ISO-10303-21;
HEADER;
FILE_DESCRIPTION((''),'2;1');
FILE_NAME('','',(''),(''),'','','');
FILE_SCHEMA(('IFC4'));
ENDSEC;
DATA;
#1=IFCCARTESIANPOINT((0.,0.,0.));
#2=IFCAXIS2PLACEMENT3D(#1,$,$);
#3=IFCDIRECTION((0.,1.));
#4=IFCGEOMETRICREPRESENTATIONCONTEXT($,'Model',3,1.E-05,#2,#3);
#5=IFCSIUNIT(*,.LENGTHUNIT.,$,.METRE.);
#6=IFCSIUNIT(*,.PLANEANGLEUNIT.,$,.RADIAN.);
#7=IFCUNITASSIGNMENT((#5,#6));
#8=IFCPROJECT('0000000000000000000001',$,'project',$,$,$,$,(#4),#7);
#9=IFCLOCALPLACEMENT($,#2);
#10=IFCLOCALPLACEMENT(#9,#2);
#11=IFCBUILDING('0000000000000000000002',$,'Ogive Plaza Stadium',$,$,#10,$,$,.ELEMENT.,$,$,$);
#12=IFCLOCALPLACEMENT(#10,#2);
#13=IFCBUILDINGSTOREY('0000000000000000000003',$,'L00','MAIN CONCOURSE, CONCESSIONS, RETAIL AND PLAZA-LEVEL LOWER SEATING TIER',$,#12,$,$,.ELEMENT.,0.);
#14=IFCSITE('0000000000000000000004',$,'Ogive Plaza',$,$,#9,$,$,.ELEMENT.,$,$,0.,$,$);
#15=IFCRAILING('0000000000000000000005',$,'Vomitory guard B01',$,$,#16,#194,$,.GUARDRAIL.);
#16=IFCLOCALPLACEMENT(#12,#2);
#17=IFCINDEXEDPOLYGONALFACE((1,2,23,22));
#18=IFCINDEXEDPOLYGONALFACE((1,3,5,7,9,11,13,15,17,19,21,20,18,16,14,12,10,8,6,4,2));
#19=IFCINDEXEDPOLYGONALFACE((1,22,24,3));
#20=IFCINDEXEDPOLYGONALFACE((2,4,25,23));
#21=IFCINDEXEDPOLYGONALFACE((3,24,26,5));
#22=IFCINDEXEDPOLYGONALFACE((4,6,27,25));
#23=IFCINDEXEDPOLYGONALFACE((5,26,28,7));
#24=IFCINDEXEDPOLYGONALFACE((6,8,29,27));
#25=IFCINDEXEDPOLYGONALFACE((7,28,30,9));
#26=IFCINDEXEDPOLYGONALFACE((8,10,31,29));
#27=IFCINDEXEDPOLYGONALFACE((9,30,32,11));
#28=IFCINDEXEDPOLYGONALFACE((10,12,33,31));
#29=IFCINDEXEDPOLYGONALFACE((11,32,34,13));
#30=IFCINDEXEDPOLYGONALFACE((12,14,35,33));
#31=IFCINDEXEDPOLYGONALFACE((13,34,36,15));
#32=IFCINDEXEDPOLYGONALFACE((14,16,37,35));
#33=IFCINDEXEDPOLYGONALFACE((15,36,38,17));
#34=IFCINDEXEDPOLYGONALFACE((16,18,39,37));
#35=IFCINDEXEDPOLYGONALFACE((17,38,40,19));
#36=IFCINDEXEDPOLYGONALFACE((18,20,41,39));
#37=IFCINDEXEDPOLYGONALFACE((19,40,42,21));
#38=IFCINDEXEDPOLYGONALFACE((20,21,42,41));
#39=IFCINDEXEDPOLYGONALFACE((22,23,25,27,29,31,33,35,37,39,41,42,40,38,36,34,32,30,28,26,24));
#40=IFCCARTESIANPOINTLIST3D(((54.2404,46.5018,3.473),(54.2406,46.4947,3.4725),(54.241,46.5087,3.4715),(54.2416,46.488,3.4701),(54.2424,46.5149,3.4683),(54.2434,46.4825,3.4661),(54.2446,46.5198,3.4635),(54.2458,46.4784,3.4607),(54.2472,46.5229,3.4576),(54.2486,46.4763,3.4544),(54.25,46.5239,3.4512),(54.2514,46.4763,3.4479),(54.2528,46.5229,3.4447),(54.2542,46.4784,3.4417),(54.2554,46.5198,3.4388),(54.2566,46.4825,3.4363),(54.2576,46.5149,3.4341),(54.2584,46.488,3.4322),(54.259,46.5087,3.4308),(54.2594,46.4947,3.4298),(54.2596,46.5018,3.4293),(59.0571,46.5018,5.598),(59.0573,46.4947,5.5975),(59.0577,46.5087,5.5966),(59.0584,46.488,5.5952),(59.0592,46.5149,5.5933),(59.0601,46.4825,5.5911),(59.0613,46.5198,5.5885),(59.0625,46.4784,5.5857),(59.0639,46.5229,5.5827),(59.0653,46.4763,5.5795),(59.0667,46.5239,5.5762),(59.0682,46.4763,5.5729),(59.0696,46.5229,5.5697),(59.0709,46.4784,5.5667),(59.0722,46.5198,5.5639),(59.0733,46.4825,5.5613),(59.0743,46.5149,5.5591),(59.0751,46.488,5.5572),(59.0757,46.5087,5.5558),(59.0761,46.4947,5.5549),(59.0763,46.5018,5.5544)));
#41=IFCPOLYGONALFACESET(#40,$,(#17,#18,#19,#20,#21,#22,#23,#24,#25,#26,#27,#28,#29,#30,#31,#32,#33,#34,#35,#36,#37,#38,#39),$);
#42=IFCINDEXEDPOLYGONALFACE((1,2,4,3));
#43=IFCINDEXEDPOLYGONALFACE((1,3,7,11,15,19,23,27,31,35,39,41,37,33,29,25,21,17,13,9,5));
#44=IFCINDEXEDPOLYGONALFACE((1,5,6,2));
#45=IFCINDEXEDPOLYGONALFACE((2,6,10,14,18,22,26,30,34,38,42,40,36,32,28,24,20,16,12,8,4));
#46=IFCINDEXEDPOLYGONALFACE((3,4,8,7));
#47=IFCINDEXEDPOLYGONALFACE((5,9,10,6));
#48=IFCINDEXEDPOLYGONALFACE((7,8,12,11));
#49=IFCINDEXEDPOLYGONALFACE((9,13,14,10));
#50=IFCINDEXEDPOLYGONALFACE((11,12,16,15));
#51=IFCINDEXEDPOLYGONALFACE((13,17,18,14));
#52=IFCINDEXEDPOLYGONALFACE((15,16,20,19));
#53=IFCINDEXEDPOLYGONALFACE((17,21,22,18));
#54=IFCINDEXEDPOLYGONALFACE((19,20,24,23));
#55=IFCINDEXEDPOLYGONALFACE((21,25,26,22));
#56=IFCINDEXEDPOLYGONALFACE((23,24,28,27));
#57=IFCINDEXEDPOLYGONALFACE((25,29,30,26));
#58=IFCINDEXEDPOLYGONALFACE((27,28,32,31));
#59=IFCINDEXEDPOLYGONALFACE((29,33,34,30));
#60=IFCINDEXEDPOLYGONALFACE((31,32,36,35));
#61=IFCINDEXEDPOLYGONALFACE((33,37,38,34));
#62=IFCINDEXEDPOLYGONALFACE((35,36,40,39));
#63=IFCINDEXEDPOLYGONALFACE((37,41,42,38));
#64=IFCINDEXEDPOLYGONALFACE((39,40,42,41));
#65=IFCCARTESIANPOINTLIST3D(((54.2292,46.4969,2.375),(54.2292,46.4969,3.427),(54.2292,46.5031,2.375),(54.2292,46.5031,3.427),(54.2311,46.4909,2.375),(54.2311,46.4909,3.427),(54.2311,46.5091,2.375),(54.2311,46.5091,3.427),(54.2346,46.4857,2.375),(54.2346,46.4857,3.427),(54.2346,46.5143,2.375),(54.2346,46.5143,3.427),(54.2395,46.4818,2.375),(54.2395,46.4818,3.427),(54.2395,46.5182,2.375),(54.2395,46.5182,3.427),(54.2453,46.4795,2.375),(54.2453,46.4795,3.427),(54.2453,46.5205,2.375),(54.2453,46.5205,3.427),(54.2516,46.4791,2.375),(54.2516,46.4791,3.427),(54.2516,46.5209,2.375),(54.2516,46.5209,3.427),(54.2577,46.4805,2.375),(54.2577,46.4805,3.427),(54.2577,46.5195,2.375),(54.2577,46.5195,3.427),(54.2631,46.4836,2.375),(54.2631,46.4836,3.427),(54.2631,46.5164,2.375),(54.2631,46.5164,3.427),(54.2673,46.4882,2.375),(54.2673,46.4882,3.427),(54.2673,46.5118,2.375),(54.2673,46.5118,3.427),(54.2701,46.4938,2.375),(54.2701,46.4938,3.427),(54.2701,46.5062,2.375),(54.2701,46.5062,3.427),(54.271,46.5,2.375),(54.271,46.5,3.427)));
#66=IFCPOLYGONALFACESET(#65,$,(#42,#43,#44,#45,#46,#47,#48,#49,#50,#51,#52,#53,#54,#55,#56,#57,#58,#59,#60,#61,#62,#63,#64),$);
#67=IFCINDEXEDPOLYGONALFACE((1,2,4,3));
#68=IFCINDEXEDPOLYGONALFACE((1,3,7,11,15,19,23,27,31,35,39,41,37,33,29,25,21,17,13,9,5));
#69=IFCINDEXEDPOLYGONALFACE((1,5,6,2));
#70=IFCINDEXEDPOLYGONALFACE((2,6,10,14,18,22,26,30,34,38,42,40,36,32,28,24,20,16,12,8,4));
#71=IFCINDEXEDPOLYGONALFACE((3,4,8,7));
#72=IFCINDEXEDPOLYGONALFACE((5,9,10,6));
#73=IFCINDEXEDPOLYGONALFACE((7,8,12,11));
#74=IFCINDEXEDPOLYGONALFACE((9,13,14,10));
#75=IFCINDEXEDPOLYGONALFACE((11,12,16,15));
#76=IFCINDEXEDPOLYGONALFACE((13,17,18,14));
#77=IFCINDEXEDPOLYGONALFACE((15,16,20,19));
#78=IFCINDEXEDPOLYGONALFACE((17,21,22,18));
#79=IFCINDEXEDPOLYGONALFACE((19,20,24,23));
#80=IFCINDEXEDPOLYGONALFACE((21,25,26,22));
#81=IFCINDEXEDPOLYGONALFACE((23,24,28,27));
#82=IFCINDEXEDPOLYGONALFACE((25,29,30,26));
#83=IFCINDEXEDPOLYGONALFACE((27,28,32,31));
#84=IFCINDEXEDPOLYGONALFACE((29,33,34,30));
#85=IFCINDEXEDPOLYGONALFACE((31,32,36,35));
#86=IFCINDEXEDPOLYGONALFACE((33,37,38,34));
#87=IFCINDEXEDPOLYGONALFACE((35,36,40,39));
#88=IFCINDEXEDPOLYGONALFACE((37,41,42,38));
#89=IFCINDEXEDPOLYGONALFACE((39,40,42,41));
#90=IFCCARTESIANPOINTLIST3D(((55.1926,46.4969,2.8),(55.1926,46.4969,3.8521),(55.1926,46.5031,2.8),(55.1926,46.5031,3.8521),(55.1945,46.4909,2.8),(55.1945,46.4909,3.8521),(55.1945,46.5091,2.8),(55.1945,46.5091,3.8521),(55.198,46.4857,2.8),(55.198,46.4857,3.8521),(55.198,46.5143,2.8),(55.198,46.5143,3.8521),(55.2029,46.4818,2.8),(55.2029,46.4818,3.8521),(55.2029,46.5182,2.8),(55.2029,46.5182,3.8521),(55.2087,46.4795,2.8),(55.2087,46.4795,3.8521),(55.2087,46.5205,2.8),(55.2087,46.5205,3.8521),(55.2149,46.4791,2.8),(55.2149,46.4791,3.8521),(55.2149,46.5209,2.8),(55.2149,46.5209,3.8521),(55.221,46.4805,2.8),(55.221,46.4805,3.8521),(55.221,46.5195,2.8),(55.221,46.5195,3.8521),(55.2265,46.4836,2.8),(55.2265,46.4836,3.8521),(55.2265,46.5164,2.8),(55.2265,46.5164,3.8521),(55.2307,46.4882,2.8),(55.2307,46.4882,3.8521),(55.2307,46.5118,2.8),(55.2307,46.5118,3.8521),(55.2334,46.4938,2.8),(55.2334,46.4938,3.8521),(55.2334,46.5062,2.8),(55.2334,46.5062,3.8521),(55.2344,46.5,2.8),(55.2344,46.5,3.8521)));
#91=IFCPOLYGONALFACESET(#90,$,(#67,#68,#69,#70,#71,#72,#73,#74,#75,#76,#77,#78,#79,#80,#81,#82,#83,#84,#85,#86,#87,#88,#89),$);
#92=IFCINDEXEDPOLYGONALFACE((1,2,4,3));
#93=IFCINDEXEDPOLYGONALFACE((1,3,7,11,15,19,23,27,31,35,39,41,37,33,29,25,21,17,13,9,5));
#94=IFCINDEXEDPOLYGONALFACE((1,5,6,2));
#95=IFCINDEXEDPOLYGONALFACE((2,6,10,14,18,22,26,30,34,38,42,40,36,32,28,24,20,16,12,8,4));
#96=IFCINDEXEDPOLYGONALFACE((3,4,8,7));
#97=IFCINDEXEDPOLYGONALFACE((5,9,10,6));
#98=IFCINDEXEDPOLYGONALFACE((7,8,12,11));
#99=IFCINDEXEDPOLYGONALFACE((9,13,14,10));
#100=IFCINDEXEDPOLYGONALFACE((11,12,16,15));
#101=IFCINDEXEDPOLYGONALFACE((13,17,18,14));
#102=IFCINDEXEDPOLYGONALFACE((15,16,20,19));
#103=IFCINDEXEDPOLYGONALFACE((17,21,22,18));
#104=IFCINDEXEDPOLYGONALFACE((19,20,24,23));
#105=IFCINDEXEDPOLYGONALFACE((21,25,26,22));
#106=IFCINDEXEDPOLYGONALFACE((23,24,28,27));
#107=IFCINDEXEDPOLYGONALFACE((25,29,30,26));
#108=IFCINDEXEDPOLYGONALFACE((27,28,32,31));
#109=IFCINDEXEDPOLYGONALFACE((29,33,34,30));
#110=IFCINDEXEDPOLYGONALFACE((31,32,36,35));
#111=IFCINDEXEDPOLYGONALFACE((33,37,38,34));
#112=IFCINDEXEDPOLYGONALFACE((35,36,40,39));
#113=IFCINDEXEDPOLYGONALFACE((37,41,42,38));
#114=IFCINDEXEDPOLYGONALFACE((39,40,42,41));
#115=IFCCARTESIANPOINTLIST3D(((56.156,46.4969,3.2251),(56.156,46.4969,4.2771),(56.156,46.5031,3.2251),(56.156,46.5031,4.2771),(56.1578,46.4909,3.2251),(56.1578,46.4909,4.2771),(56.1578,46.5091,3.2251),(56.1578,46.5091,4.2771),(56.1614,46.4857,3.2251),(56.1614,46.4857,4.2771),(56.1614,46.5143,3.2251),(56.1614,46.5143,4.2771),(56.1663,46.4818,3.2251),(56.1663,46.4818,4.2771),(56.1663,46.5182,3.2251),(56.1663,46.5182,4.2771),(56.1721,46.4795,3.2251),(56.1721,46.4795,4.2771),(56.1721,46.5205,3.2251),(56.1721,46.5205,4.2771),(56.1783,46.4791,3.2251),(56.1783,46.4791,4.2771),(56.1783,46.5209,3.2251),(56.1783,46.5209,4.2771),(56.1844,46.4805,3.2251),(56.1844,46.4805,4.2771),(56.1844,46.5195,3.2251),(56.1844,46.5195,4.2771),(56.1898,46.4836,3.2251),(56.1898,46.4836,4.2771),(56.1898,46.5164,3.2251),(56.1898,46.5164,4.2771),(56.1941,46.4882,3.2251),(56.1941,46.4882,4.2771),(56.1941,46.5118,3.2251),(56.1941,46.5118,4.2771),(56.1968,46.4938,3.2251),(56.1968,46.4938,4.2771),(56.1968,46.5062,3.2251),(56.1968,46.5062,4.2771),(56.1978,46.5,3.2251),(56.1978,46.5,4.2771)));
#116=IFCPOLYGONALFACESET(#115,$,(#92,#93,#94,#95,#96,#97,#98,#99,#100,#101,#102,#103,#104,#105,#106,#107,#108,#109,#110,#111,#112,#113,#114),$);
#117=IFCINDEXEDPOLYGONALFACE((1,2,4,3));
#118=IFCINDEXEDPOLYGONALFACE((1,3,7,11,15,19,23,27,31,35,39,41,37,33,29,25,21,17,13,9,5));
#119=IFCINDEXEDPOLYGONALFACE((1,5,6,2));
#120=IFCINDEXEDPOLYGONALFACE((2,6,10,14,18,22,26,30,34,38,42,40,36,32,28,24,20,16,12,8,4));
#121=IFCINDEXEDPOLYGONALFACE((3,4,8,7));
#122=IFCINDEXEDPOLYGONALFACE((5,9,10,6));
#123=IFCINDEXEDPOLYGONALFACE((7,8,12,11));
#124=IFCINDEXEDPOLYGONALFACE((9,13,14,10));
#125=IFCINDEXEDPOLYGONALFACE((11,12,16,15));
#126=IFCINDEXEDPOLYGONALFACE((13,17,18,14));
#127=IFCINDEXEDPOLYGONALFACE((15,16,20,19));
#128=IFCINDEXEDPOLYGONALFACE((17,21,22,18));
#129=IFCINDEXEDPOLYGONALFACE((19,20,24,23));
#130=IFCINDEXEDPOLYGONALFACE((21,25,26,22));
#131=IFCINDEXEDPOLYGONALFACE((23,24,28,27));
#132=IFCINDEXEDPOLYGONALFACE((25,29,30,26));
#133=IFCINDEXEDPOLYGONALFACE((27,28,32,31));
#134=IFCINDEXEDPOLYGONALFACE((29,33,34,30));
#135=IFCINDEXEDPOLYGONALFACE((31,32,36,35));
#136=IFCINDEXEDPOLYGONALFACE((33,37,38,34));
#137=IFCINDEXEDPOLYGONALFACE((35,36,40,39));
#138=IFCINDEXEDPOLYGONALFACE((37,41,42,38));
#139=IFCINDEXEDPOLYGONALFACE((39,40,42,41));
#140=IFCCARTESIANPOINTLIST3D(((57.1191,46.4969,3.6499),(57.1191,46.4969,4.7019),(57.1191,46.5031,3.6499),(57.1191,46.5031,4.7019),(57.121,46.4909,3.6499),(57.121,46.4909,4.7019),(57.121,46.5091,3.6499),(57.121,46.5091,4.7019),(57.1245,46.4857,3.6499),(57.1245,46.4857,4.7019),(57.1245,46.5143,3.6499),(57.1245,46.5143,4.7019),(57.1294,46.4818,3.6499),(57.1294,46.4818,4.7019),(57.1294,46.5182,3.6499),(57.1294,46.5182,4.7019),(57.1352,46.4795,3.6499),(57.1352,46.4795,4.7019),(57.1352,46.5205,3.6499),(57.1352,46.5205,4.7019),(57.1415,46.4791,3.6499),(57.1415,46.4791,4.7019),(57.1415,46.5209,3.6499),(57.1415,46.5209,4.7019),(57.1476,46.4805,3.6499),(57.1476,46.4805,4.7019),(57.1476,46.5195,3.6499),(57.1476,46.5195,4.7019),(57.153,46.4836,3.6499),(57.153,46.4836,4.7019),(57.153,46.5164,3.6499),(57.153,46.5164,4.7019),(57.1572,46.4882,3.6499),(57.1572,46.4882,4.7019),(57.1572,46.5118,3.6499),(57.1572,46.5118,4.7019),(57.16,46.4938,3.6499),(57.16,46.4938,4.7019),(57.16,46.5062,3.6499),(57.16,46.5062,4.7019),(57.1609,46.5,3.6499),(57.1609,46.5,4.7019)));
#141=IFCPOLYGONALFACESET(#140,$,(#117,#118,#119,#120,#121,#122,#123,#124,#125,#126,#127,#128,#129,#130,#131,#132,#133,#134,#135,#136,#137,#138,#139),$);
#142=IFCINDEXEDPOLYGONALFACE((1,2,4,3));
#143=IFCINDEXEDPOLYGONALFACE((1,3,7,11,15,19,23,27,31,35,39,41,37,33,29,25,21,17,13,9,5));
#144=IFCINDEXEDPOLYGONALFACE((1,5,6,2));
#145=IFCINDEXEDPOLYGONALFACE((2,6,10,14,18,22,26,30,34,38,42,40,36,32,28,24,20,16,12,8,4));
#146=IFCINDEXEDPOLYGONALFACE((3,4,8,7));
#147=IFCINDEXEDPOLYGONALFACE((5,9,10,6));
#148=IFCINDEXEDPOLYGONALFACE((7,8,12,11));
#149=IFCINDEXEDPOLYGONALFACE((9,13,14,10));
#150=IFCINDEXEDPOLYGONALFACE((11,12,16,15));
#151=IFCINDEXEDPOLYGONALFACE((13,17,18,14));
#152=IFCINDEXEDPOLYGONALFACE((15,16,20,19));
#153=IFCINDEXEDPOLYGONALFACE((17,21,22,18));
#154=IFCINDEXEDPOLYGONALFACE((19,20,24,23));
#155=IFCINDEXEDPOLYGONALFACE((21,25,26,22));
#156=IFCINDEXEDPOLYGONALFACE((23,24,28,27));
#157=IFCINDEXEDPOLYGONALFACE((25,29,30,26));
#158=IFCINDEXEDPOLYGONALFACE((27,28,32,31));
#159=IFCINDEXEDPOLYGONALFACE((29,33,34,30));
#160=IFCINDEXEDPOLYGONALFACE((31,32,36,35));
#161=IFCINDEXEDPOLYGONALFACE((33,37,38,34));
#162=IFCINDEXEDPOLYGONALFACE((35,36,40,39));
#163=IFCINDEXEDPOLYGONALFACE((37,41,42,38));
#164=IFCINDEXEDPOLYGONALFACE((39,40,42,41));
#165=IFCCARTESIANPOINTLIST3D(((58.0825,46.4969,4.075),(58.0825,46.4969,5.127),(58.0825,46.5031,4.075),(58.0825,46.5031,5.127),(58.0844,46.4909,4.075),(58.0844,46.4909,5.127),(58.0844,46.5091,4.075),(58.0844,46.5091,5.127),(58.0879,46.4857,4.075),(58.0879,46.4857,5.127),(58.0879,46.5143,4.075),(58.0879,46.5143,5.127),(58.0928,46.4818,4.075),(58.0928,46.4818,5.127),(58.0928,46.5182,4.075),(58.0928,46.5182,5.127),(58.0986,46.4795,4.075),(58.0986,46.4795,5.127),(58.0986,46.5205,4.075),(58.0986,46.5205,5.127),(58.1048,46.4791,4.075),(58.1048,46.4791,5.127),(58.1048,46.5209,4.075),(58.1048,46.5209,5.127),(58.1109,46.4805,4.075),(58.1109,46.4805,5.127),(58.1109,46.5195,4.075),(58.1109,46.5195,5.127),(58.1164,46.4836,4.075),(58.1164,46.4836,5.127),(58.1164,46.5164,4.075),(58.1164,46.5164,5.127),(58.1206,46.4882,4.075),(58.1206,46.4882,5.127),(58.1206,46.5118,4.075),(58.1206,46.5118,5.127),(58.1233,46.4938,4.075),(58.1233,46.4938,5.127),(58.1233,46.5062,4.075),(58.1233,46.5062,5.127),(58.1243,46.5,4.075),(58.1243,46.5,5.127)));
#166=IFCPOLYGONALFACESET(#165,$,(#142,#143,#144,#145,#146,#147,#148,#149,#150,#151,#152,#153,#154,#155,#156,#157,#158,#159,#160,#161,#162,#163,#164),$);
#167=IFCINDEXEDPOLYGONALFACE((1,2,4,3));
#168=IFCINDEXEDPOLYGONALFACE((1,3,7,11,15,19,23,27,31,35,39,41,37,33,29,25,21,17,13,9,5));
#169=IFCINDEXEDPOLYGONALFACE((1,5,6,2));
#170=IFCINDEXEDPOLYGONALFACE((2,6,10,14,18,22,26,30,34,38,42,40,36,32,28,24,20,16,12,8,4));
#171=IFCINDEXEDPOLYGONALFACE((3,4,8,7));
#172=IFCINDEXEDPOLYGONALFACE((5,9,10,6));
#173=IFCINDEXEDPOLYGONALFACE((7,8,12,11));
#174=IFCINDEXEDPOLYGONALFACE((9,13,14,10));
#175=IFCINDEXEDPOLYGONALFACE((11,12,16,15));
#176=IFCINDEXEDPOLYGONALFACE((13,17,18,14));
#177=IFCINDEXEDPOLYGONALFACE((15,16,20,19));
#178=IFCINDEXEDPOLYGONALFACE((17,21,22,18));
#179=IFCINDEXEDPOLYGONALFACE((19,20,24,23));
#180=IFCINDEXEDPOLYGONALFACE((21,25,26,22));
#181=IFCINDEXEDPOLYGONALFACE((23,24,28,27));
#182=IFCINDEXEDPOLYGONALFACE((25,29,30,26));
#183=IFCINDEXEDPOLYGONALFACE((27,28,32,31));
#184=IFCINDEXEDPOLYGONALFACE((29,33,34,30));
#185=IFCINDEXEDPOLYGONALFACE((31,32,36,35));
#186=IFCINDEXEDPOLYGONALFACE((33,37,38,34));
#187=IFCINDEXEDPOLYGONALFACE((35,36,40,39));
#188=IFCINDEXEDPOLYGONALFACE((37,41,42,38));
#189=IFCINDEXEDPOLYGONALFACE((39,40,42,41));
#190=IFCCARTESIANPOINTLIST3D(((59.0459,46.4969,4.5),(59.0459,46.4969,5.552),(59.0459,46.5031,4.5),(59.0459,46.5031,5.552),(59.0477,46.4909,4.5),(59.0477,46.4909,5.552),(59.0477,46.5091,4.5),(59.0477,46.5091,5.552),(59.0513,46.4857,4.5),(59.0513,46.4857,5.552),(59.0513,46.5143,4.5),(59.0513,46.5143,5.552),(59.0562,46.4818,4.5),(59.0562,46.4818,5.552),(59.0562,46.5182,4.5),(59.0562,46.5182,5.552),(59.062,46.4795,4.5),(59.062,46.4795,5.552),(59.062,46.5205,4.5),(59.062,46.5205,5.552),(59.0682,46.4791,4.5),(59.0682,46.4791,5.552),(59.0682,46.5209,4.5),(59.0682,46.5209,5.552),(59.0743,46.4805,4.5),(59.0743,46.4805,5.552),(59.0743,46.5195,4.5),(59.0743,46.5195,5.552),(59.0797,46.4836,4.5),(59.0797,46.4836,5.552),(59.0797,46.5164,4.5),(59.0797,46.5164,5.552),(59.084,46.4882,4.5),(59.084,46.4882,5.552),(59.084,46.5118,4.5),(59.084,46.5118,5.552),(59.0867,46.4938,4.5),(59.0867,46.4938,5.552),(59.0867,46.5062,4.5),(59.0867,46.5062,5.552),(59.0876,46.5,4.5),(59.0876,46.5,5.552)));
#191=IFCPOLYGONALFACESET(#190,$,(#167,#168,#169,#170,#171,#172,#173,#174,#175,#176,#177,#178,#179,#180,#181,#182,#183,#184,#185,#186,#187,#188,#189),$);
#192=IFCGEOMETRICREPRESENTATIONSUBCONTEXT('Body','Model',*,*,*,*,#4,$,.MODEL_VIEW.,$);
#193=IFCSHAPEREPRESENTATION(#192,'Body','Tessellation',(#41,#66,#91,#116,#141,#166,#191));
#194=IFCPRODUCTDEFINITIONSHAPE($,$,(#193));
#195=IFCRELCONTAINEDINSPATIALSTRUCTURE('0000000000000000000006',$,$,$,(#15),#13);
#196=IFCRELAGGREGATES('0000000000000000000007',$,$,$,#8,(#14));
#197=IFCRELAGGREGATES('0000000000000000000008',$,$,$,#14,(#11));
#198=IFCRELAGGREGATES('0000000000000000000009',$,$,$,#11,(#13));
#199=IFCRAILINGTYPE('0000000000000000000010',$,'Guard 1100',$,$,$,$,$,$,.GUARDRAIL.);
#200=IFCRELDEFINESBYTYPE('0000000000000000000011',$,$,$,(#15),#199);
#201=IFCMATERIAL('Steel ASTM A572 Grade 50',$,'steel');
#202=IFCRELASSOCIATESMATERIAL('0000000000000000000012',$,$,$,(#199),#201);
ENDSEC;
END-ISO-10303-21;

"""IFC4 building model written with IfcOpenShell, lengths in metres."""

from ifc_helpers import new_model, si_unit, direction, frame, origin, origin_2d, place, context, subcontext, project, spatial, circle, extrude, material, type_object, element, save


model = new_model("IFC4")

# Units and contexts
model_context = context("Model", 3, precision=1e-05, world=origin(), true_north=direction((0.0, 1.0)))
body_context = subcontext(model_context, "Body", "Model", "MODEL_VIEW")
ifc_project = project(units=[si_unit("LENGTHUNIT", "METRE"), si_unit("PLANEANGLEUNIT", "RADIAN")], contexts=[model_context])

# Site, building, storey
site_placement = place(None, origin())
site = spatial("IfcSite", under=ifc_project, at=site_placement, Name="Ogive Plaza", CompositionType="ELEMENT", RefElevation=0.0)
building_placement = place(site_placement, origin())
building = spatial("IfcBuilding", under=site, at=building_placement, Name="Ogive Plaza Stadium", CompositionType="ELEMENT")
storey_placement = place(building_placement, origin())
storey = spatial("IfcBuildingStorey", under=building, at=storey_placement, Name="L00", Description="MAIN CONCOURSE, CONCESSIONS, RETAIL AND PLAZA-LEVEL LOWER SEATING TIER", CompositionType="ELEMENT", Elevation=0.0)

# Railing
ifc_material_1 = material(Name="Steel ASTM A572 Grade 50", Category="steel")
railing_type = type_object("IfcRailingType", Name="Guard 1100", PredefinedType="GUARDRAIL", material=ifc_material_1)
for number, where, name in (
    (1, (54.25, 46.5, 2.375), "Vomitory guard B01"),
):
    element("IfcRailing", number, at=place(storey_placement, frame(where)), inside=storey, type_object=railing_type, Name=name, PredefinedType="GUARDRAIL", context=body_context, shape_type="SweptSolid", body=[
        extrude(circle(Radius=0.0239, at=origin_2d()), frame((0.0, 0.0, 1.0762), z_axis=(0.914917, 0.0, 0.403641), x_axis=(0.0, 1.0, 0.0)), (0.0, 0.0, 1.0), 5.2646),
        extrude(circle(Radius=0.021, at=origin_2d()), origin(), (0.0, 0.0, 1.0), 1.052),
        extrude(circle(Radius=0.021, at=origin_2d()), frame((0.9634, 0.0, 0.425)), (0.0, 0.0, 1.0), 1.052),
        extrude(circle(Radius=0.021, at=origin_2d()), frame((1.9268, 0.0, 0.8501)), (0.0, 0.0, 1.0), 1.052),
        extrude(circle(Radius=0.021, at=origin_2d()), frame((2.8899, 0.0, 1.2749)), (0.0, 0.0, 1.0), 1.052),
        extrude(circle(Radius=0.021, at=origin_2d()), frame((3.8533, 0.0, 1.7)), (0.0, 0.0, 1.0), 1.052),
        extrude(circle(Radius=0.021, at=origin_2d()), frame((4.8167, 0.0, 2.125)), (0.0, 0.0, 1.0), 1.052),
    ])

save(model, "model.ifc")
